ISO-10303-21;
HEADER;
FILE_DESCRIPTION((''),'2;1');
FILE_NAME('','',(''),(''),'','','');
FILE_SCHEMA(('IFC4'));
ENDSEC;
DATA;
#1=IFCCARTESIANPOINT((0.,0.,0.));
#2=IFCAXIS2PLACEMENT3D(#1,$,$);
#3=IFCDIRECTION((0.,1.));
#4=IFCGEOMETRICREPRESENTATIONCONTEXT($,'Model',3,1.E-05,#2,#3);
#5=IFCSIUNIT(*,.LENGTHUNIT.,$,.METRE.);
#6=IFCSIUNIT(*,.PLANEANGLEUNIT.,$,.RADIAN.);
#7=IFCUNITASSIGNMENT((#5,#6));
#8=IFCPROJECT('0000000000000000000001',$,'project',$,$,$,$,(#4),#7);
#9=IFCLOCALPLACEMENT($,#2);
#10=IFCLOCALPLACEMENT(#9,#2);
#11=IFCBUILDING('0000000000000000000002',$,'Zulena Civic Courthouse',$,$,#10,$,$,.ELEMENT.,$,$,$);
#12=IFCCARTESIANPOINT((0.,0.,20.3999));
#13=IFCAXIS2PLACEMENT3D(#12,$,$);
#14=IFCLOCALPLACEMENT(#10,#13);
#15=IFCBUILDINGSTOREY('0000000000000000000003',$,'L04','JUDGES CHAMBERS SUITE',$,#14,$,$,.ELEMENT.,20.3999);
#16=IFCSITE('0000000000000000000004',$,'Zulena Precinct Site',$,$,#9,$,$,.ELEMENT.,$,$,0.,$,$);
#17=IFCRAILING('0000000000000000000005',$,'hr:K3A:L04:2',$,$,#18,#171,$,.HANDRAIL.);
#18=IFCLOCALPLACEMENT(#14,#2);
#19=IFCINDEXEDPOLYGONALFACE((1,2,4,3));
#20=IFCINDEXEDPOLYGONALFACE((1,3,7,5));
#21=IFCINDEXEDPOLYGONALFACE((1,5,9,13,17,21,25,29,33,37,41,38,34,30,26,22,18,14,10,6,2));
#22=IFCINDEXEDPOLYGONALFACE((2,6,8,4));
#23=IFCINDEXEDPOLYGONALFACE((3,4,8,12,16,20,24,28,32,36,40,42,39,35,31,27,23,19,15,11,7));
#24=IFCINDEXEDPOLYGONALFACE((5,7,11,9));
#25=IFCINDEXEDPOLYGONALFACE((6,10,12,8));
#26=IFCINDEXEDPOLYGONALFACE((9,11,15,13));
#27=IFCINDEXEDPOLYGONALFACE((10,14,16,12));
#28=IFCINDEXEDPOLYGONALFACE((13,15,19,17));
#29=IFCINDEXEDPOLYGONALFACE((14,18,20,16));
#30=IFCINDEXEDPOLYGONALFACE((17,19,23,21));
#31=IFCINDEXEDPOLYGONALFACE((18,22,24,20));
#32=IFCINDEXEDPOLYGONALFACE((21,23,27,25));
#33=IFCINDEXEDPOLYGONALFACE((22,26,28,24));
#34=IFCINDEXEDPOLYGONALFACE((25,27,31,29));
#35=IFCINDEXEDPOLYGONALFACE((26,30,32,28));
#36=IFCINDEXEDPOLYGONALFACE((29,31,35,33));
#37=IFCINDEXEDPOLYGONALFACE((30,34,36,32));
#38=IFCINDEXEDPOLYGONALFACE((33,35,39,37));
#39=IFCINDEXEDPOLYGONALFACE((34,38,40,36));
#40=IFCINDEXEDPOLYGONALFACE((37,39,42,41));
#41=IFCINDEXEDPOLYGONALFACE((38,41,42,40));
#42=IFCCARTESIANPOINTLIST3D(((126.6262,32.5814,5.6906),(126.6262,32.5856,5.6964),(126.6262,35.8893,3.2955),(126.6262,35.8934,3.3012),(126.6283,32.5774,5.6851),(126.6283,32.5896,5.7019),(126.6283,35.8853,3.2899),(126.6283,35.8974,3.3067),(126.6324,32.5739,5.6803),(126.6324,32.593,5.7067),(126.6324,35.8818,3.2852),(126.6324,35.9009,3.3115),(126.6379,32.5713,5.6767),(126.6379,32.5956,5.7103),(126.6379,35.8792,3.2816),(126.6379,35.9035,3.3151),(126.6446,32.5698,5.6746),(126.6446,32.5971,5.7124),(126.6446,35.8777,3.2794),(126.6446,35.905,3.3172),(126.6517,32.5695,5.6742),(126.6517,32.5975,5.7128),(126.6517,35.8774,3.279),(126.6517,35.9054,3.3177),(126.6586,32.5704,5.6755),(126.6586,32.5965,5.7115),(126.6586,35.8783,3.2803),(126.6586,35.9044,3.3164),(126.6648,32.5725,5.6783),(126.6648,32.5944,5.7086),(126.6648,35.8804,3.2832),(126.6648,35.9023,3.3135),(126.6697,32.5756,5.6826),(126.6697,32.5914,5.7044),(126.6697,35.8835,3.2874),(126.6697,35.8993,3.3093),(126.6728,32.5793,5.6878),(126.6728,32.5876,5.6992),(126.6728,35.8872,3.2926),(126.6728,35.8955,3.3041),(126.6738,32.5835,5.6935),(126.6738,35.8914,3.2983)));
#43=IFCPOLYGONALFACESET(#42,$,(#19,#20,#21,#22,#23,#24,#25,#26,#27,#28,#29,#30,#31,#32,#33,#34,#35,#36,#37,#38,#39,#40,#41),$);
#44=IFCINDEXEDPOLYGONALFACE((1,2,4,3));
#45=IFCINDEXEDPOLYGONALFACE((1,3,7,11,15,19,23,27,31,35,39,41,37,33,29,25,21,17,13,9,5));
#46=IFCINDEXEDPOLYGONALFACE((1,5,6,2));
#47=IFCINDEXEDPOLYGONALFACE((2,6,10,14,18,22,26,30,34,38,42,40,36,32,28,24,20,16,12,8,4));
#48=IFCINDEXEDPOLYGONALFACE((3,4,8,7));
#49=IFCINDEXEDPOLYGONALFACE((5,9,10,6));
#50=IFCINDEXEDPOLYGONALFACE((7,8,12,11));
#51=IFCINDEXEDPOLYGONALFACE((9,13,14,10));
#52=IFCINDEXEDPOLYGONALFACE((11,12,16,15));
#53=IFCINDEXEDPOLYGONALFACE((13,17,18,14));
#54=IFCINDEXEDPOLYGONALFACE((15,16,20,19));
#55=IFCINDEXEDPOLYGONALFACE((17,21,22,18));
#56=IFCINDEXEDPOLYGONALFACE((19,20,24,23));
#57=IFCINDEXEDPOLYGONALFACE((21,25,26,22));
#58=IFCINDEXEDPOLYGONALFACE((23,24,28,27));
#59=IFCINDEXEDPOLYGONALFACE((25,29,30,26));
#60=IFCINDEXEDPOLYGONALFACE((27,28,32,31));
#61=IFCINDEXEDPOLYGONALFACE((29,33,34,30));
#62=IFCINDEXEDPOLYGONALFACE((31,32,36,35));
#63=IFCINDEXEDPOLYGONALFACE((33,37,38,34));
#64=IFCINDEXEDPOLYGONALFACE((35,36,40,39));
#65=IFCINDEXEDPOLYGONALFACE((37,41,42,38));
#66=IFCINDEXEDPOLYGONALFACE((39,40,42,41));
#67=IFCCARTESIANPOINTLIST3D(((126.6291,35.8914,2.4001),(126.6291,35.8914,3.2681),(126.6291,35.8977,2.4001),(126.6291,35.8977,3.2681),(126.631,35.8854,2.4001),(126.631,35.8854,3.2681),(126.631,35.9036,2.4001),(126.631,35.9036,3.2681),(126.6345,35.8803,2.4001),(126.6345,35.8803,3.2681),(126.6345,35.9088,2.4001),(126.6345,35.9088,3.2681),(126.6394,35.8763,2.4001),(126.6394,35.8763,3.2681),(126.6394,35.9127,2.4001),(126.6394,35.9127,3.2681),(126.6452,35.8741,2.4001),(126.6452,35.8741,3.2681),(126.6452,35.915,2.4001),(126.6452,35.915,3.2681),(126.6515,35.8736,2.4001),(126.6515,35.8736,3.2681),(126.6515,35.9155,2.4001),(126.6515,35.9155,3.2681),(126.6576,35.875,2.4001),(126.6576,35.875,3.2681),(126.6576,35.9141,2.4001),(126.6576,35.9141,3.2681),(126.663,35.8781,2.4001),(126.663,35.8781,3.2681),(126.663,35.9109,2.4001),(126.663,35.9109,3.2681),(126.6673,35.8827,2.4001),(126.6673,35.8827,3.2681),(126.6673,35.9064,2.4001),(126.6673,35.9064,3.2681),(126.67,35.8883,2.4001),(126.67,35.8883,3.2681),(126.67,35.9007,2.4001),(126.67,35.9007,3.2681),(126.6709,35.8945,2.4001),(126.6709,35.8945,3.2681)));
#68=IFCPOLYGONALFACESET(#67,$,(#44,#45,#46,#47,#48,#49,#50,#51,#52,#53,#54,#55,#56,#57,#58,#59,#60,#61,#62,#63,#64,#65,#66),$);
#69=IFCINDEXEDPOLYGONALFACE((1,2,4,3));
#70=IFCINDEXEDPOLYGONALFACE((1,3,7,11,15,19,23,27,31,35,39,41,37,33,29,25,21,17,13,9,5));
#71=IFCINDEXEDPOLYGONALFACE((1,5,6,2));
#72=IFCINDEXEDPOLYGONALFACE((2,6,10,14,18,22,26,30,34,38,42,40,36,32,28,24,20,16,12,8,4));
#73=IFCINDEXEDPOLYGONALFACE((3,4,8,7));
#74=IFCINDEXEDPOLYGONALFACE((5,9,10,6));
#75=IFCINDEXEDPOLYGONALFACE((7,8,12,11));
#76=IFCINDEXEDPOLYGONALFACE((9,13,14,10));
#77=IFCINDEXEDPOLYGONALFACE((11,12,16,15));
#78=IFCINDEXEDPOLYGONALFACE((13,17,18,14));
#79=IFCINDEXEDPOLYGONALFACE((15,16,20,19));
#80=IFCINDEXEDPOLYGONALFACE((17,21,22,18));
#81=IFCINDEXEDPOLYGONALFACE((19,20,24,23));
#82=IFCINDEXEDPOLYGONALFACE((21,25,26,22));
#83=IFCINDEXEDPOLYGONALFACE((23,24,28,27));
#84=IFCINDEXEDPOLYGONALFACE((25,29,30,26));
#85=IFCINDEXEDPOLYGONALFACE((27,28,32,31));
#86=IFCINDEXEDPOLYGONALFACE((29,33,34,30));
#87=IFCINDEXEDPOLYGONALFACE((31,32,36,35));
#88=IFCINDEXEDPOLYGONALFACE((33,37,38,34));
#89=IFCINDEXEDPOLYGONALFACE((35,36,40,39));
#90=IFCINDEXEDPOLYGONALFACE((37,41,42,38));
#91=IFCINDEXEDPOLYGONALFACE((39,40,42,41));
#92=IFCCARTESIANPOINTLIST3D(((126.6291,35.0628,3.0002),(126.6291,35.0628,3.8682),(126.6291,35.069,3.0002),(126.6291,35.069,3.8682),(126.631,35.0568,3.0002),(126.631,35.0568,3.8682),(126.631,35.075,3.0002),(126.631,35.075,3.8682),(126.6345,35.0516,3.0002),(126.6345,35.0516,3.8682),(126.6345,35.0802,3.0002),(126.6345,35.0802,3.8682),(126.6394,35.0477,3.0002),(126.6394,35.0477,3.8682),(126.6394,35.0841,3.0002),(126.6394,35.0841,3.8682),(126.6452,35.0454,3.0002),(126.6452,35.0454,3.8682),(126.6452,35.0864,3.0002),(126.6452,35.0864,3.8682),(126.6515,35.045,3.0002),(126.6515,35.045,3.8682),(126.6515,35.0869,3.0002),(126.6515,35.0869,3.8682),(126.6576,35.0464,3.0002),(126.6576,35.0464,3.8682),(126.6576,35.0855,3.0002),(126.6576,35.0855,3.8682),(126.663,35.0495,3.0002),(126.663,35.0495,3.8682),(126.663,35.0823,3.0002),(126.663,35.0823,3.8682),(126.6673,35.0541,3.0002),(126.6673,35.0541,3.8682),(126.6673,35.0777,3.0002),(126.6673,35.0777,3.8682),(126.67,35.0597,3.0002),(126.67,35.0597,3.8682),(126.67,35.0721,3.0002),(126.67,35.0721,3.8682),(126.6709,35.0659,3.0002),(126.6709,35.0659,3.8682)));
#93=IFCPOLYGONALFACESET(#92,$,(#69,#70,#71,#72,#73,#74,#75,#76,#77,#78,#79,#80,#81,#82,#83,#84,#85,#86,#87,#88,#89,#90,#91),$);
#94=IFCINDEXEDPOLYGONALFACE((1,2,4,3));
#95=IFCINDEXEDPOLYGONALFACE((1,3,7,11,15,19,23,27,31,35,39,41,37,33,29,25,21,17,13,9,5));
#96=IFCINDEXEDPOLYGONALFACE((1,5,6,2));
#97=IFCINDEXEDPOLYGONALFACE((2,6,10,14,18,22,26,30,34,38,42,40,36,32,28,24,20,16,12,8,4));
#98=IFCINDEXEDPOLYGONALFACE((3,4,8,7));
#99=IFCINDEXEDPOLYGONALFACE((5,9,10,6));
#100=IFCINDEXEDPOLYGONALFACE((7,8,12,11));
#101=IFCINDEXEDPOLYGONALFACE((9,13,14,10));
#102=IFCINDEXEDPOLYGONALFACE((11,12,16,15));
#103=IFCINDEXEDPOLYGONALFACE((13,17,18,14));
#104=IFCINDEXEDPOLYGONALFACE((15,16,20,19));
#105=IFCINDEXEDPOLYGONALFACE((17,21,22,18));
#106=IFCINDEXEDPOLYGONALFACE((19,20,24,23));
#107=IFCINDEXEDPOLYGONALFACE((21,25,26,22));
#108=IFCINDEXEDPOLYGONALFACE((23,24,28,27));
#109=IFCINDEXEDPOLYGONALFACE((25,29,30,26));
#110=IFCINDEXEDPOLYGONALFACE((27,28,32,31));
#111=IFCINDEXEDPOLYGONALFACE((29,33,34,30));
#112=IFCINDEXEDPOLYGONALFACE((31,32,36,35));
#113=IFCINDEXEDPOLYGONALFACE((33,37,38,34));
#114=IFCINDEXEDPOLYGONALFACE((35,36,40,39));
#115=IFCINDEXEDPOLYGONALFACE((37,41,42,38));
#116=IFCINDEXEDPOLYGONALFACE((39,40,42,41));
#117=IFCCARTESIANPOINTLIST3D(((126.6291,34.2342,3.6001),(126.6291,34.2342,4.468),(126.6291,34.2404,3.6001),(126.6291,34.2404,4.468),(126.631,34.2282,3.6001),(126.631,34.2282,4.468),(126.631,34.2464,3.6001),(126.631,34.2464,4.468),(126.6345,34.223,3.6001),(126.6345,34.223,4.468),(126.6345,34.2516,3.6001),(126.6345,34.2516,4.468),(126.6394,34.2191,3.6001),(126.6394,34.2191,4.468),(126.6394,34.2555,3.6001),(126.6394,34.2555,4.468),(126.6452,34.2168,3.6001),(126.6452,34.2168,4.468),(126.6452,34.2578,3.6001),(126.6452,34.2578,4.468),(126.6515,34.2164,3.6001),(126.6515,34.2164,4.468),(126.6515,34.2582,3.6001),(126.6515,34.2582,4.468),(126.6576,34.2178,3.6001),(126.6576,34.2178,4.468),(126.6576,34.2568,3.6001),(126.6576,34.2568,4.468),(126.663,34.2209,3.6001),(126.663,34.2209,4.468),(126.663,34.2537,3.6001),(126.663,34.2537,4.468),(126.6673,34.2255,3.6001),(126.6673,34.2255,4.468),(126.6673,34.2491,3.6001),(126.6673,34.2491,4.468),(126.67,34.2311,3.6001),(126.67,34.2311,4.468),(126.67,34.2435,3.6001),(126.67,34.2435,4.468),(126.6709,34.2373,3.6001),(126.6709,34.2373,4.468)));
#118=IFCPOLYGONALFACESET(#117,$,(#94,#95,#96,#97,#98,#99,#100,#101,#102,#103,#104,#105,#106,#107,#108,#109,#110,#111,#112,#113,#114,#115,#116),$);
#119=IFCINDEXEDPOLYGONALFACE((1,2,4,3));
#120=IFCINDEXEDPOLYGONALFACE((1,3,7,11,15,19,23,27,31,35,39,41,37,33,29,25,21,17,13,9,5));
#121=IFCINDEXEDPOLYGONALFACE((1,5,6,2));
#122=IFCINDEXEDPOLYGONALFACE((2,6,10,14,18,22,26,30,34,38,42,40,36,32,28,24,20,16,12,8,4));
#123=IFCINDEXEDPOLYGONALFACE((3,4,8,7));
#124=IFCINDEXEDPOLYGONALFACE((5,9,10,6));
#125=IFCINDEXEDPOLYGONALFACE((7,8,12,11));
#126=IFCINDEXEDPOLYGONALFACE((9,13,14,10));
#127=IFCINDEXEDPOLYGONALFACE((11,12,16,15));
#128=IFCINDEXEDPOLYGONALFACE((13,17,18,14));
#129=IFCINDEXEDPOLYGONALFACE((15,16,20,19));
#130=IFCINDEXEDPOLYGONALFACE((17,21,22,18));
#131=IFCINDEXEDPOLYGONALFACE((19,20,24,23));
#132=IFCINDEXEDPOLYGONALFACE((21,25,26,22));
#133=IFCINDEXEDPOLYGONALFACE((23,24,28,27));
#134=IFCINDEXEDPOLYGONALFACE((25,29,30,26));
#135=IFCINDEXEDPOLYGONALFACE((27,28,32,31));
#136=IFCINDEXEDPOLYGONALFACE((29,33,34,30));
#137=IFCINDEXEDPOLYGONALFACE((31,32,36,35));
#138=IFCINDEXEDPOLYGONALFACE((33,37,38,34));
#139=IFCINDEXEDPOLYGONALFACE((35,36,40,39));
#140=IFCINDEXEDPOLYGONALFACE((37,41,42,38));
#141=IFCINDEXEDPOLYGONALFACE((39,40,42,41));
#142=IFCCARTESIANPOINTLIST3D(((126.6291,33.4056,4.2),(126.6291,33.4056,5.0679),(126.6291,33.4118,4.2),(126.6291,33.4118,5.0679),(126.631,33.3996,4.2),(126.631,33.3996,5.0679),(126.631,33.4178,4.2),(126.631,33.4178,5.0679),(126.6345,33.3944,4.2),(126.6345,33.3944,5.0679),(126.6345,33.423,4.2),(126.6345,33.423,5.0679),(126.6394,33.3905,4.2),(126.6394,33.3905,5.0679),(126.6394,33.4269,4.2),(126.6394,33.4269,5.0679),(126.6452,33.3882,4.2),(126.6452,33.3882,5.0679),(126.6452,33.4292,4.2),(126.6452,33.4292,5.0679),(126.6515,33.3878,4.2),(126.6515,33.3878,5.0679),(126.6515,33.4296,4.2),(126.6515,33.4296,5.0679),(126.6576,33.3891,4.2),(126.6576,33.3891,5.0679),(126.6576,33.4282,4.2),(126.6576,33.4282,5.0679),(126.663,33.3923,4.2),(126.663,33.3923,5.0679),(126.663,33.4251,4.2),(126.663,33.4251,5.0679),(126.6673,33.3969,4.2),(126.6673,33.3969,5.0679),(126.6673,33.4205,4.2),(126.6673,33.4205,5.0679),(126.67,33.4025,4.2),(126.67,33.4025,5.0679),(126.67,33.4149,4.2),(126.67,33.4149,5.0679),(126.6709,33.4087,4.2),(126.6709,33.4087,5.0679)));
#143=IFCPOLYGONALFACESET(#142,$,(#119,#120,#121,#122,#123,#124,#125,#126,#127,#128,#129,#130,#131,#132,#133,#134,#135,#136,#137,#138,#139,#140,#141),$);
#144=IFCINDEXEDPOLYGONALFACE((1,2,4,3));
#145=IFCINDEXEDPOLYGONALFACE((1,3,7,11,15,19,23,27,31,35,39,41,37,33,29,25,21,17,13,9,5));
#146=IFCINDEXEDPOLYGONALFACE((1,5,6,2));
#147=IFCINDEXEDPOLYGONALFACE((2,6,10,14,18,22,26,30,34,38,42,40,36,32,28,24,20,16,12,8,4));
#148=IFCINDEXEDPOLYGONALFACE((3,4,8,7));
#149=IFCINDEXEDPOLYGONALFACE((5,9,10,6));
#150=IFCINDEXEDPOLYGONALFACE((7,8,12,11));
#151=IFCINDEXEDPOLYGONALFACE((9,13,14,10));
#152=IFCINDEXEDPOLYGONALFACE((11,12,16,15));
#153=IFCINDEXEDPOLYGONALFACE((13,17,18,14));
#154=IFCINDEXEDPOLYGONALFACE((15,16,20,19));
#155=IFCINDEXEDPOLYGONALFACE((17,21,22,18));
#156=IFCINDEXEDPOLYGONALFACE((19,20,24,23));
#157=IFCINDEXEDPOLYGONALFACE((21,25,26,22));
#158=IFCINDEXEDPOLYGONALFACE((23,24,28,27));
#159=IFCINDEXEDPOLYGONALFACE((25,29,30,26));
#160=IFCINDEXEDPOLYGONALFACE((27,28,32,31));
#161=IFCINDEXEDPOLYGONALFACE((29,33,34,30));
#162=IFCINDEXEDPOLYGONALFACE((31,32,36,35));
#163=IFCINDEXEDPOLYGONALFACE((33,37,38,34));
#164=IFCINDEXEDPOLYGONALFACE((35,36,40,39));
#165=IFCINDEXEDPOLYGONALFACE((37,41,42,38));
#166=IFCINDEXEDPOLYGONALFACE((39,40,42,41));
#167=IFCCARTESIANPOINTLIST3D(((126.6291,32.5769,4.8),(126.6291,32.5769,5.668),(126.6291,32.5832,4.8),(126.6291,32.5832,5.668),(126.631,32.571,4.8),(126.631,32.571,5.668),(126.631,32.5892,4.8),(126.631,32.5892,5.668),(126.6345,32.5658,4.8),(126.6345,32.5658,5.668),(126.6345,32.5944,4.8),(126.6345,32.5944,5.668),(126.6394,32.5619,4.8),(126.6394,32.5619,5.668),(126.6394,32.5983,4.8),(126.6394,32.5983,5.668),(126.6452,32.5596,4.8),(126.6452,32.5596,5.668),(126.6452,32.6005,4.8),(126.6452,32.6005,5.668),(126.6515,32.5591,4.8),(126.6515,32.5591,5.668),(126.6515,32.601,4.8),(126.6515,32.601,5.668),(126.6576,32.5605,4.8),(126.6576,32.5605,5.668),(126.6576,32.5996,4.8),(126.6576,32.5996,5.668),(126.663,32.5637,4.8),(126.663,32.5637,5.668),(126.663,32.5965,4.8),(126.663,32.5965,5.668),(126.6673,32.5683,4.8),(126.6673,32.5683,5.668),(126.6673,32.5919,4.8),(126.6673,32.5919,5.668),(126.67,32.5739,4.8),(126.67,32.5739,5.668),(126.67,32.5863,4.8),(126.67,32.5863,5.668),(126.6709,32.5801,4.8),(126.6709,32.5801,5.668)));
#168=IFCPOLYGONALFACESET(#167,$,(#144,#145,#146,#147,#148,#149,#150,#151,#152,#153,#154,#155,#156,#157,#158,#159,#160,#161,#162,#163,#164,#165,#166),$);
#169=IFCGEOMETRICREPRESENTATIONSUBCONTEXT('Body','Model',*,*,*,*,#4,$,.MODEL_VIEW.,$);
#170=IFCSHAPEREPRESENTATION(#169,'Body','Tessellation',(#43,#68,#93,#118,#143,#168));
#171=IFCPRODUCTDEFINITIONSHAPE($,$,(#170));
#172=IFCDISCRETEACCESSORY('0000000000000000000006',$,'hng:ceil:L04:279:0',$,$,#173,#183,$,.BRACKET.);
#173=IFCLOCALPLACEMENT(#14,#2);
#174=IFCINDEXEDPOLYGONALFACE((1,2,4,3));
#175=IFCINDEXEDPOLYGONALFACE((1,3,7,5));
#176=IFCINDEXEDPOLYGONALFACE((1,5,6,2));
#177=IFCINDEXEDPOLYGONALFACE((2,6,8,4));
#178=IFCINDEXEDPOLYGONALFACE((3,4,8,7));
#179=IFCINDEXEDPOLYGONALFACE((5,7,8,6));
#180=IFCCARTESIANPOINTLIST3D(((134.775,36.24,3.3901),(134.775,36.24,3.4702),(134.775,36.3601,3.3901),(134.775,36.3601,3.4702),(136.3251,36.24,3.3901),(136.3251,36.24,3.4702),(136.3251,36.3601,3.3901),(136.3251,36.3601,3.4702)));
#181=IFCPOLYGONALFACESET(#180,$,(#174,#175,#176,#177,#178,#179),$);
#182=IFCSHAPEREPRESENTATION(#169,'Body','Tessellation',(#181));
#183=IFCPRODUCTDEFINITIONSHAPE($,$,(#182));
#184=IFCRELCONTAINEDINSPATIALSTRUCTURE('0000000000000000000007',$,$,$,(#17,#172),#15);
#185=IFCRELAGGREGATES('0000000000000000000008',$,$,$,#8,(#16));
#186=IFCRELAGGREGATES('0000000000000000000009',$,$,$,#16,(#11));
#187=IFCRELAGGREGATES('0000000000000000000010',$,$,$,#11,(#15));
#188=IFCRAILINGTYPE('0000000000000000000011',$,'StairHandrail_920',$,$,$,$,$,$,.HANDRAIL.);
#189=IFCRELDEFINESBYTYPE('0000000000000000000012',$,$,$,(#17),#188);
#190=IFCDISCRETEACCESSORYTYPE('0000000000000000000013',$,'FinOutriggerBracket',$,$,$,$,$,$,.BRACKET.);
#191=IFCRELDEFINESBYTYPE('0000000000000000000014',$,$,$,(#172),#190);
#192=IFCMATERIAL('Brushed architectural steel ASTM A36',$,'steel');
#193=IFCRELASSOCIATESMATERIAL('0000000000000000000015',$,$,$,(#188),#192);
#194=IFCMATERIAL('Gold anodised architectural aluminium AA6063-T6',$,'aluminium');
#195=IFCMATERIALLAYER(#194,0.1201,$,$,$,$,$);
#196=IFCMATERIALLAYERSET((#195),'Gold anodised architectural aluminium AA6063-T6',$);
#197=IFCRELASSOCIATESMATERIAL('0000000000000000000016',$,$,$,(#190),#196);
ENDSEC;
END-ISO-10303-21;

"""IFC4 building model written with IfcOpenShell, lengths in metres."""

from ifc_helpers import new_model, si_unit, direction, frame, origin, origin_2d, place, context, subcontext, project, spatial, rectangle, circle, extrude, material, layer, layer_set, type_object, element, save


model = new_model("IFC4")

# Units and contexts
model_context = context("Model", 3, precision=1e-05, world=origin(), true_north=direction((0.0, 1.0)))
body_context = subcontext(model_context, "Body", "Model", "MODEL_VIEW")
ifc_project = project(units=[si_unit("LENGTHUNIT", "METRE"), si_unit("PLANEANGLEUNIT", "RADIAN")], contexts=[model_context])

# Site, building, storey
site_placement = place(None, origin())
site = spatial("IfcSite", under=ifc_project, at=site_placement, Name="Zulena Precinct Site", CompositionType="ELEMENT", RefElevation=0.0)
building_placement = place(site_placement, origin())
building = spatial("IfcBuilding", under=site, at=building_placement, Name="Zulena Civic Courthouse", CompositionType="ELEMENT")
storey_placement = place(building_placement, frame((0.0, 0.0, 20.3999)))
storey = spatial("IfcBuildingStorey", under=building, at=storey_placement, Name="L04", Description="JUDGES CHAMBERS SUITE", CompositionType="ELEMENT", Elevation=20.3999)

# Shared definitions
ifc_material_1 = material(Name="Brushed architectural steel ASTM A36", Category="steel")

# Railing
railing_type_1 = type_object("IfcRailingType", Name="StairHandrail_920", PredefinedType="HANDRAIL", material=ifc_material_1)
railing_1_placement = place(storey_placement, frame((126.6499, 35.8945, 2.4001)))
element("IfcRailing", 1, at=railing_1_placement, inside=storey, type_object=railing_type_1, Name="hr:K3A:L04:2", PredefinedType="HANDRAIL", context=body_context, shape_type="SweptSolid", body=[
    extrude(circle(Radius=0.0239, at=origin_2d()), frame((0.0, -0.0032, 0.8982), z_axis=(0.0, -0.809968, 0.586475), x_axis=(1.0, 0.0, 0.0)), (0.0, 0.0, 1.0), 4.084),
    extrude(circle(Radius=0.021, at=origin_2d()), origin(), (0.0, 0.0, 1.0), 0.8679),
    extrude(circle(Radius=0.021, at=origin_2d()), frame((0.0, -0.8286, 0.6001)), (0.0, 0.0, 1.0), 0.8679),
    extrude(circle(Radius=0.021, at=origin_2d()), frame((0.0, -1.6572, 1.2)), (0.0, 0.0, 1.0), 0.8679),
    extrude(circle(Radius=0.021, at=origin_2d()), frame((0.0, -2.4858, 1.7998)), (0.0, 0.0, 1.0), 0.8679),
    extrude(circle(Radius=0.021, at=origin_2d()), frame((0.0, -3.3145, 2.3999)), (0.0, 0.0, 1.0), 0.8679),
])

# Discrete accessory
ifc_material_2 = material(Name="Gold anodised architectural aluminium AA6063-T6", Category="aluminium")
ifc_layer_1 = layer(ifc_material_2, 0.1201)
ifc_layer_set_1 = layer_set([ifc_layer_1], Name="Gold anodised architectural aluminium AA6063-T6")
discrete_accessory_type = type_object("IfcDiscreteAccessoryType", Name="FinOutriggerBracket", PredefinedType="BRACKET", material=ifc_layer_set_1)
discrete_accessory_placement = place(storey_placement, frame((135.55, 36.3, 3.3901), z_axis=(0.0, 0.0, 1.0), x_axis=(1.0, 0.0, 0.0)))
element("IfcDiscreteAccessory", 2, at=discrete_accessory_placement, inside=storey, type_object=discrete_accessory_type, Name="hng:ceil:L04:279:0", PredefinedType="BRACKET", context=body_context, shape_type="SweptSolid", body=[
    extrude(rectangle(XDim=1.55, YDim=0.1201, at=origin_2d()), origin(), (0.0, 0.0, 1.0), 0.0801),
])

save(model, "model.ifc")
